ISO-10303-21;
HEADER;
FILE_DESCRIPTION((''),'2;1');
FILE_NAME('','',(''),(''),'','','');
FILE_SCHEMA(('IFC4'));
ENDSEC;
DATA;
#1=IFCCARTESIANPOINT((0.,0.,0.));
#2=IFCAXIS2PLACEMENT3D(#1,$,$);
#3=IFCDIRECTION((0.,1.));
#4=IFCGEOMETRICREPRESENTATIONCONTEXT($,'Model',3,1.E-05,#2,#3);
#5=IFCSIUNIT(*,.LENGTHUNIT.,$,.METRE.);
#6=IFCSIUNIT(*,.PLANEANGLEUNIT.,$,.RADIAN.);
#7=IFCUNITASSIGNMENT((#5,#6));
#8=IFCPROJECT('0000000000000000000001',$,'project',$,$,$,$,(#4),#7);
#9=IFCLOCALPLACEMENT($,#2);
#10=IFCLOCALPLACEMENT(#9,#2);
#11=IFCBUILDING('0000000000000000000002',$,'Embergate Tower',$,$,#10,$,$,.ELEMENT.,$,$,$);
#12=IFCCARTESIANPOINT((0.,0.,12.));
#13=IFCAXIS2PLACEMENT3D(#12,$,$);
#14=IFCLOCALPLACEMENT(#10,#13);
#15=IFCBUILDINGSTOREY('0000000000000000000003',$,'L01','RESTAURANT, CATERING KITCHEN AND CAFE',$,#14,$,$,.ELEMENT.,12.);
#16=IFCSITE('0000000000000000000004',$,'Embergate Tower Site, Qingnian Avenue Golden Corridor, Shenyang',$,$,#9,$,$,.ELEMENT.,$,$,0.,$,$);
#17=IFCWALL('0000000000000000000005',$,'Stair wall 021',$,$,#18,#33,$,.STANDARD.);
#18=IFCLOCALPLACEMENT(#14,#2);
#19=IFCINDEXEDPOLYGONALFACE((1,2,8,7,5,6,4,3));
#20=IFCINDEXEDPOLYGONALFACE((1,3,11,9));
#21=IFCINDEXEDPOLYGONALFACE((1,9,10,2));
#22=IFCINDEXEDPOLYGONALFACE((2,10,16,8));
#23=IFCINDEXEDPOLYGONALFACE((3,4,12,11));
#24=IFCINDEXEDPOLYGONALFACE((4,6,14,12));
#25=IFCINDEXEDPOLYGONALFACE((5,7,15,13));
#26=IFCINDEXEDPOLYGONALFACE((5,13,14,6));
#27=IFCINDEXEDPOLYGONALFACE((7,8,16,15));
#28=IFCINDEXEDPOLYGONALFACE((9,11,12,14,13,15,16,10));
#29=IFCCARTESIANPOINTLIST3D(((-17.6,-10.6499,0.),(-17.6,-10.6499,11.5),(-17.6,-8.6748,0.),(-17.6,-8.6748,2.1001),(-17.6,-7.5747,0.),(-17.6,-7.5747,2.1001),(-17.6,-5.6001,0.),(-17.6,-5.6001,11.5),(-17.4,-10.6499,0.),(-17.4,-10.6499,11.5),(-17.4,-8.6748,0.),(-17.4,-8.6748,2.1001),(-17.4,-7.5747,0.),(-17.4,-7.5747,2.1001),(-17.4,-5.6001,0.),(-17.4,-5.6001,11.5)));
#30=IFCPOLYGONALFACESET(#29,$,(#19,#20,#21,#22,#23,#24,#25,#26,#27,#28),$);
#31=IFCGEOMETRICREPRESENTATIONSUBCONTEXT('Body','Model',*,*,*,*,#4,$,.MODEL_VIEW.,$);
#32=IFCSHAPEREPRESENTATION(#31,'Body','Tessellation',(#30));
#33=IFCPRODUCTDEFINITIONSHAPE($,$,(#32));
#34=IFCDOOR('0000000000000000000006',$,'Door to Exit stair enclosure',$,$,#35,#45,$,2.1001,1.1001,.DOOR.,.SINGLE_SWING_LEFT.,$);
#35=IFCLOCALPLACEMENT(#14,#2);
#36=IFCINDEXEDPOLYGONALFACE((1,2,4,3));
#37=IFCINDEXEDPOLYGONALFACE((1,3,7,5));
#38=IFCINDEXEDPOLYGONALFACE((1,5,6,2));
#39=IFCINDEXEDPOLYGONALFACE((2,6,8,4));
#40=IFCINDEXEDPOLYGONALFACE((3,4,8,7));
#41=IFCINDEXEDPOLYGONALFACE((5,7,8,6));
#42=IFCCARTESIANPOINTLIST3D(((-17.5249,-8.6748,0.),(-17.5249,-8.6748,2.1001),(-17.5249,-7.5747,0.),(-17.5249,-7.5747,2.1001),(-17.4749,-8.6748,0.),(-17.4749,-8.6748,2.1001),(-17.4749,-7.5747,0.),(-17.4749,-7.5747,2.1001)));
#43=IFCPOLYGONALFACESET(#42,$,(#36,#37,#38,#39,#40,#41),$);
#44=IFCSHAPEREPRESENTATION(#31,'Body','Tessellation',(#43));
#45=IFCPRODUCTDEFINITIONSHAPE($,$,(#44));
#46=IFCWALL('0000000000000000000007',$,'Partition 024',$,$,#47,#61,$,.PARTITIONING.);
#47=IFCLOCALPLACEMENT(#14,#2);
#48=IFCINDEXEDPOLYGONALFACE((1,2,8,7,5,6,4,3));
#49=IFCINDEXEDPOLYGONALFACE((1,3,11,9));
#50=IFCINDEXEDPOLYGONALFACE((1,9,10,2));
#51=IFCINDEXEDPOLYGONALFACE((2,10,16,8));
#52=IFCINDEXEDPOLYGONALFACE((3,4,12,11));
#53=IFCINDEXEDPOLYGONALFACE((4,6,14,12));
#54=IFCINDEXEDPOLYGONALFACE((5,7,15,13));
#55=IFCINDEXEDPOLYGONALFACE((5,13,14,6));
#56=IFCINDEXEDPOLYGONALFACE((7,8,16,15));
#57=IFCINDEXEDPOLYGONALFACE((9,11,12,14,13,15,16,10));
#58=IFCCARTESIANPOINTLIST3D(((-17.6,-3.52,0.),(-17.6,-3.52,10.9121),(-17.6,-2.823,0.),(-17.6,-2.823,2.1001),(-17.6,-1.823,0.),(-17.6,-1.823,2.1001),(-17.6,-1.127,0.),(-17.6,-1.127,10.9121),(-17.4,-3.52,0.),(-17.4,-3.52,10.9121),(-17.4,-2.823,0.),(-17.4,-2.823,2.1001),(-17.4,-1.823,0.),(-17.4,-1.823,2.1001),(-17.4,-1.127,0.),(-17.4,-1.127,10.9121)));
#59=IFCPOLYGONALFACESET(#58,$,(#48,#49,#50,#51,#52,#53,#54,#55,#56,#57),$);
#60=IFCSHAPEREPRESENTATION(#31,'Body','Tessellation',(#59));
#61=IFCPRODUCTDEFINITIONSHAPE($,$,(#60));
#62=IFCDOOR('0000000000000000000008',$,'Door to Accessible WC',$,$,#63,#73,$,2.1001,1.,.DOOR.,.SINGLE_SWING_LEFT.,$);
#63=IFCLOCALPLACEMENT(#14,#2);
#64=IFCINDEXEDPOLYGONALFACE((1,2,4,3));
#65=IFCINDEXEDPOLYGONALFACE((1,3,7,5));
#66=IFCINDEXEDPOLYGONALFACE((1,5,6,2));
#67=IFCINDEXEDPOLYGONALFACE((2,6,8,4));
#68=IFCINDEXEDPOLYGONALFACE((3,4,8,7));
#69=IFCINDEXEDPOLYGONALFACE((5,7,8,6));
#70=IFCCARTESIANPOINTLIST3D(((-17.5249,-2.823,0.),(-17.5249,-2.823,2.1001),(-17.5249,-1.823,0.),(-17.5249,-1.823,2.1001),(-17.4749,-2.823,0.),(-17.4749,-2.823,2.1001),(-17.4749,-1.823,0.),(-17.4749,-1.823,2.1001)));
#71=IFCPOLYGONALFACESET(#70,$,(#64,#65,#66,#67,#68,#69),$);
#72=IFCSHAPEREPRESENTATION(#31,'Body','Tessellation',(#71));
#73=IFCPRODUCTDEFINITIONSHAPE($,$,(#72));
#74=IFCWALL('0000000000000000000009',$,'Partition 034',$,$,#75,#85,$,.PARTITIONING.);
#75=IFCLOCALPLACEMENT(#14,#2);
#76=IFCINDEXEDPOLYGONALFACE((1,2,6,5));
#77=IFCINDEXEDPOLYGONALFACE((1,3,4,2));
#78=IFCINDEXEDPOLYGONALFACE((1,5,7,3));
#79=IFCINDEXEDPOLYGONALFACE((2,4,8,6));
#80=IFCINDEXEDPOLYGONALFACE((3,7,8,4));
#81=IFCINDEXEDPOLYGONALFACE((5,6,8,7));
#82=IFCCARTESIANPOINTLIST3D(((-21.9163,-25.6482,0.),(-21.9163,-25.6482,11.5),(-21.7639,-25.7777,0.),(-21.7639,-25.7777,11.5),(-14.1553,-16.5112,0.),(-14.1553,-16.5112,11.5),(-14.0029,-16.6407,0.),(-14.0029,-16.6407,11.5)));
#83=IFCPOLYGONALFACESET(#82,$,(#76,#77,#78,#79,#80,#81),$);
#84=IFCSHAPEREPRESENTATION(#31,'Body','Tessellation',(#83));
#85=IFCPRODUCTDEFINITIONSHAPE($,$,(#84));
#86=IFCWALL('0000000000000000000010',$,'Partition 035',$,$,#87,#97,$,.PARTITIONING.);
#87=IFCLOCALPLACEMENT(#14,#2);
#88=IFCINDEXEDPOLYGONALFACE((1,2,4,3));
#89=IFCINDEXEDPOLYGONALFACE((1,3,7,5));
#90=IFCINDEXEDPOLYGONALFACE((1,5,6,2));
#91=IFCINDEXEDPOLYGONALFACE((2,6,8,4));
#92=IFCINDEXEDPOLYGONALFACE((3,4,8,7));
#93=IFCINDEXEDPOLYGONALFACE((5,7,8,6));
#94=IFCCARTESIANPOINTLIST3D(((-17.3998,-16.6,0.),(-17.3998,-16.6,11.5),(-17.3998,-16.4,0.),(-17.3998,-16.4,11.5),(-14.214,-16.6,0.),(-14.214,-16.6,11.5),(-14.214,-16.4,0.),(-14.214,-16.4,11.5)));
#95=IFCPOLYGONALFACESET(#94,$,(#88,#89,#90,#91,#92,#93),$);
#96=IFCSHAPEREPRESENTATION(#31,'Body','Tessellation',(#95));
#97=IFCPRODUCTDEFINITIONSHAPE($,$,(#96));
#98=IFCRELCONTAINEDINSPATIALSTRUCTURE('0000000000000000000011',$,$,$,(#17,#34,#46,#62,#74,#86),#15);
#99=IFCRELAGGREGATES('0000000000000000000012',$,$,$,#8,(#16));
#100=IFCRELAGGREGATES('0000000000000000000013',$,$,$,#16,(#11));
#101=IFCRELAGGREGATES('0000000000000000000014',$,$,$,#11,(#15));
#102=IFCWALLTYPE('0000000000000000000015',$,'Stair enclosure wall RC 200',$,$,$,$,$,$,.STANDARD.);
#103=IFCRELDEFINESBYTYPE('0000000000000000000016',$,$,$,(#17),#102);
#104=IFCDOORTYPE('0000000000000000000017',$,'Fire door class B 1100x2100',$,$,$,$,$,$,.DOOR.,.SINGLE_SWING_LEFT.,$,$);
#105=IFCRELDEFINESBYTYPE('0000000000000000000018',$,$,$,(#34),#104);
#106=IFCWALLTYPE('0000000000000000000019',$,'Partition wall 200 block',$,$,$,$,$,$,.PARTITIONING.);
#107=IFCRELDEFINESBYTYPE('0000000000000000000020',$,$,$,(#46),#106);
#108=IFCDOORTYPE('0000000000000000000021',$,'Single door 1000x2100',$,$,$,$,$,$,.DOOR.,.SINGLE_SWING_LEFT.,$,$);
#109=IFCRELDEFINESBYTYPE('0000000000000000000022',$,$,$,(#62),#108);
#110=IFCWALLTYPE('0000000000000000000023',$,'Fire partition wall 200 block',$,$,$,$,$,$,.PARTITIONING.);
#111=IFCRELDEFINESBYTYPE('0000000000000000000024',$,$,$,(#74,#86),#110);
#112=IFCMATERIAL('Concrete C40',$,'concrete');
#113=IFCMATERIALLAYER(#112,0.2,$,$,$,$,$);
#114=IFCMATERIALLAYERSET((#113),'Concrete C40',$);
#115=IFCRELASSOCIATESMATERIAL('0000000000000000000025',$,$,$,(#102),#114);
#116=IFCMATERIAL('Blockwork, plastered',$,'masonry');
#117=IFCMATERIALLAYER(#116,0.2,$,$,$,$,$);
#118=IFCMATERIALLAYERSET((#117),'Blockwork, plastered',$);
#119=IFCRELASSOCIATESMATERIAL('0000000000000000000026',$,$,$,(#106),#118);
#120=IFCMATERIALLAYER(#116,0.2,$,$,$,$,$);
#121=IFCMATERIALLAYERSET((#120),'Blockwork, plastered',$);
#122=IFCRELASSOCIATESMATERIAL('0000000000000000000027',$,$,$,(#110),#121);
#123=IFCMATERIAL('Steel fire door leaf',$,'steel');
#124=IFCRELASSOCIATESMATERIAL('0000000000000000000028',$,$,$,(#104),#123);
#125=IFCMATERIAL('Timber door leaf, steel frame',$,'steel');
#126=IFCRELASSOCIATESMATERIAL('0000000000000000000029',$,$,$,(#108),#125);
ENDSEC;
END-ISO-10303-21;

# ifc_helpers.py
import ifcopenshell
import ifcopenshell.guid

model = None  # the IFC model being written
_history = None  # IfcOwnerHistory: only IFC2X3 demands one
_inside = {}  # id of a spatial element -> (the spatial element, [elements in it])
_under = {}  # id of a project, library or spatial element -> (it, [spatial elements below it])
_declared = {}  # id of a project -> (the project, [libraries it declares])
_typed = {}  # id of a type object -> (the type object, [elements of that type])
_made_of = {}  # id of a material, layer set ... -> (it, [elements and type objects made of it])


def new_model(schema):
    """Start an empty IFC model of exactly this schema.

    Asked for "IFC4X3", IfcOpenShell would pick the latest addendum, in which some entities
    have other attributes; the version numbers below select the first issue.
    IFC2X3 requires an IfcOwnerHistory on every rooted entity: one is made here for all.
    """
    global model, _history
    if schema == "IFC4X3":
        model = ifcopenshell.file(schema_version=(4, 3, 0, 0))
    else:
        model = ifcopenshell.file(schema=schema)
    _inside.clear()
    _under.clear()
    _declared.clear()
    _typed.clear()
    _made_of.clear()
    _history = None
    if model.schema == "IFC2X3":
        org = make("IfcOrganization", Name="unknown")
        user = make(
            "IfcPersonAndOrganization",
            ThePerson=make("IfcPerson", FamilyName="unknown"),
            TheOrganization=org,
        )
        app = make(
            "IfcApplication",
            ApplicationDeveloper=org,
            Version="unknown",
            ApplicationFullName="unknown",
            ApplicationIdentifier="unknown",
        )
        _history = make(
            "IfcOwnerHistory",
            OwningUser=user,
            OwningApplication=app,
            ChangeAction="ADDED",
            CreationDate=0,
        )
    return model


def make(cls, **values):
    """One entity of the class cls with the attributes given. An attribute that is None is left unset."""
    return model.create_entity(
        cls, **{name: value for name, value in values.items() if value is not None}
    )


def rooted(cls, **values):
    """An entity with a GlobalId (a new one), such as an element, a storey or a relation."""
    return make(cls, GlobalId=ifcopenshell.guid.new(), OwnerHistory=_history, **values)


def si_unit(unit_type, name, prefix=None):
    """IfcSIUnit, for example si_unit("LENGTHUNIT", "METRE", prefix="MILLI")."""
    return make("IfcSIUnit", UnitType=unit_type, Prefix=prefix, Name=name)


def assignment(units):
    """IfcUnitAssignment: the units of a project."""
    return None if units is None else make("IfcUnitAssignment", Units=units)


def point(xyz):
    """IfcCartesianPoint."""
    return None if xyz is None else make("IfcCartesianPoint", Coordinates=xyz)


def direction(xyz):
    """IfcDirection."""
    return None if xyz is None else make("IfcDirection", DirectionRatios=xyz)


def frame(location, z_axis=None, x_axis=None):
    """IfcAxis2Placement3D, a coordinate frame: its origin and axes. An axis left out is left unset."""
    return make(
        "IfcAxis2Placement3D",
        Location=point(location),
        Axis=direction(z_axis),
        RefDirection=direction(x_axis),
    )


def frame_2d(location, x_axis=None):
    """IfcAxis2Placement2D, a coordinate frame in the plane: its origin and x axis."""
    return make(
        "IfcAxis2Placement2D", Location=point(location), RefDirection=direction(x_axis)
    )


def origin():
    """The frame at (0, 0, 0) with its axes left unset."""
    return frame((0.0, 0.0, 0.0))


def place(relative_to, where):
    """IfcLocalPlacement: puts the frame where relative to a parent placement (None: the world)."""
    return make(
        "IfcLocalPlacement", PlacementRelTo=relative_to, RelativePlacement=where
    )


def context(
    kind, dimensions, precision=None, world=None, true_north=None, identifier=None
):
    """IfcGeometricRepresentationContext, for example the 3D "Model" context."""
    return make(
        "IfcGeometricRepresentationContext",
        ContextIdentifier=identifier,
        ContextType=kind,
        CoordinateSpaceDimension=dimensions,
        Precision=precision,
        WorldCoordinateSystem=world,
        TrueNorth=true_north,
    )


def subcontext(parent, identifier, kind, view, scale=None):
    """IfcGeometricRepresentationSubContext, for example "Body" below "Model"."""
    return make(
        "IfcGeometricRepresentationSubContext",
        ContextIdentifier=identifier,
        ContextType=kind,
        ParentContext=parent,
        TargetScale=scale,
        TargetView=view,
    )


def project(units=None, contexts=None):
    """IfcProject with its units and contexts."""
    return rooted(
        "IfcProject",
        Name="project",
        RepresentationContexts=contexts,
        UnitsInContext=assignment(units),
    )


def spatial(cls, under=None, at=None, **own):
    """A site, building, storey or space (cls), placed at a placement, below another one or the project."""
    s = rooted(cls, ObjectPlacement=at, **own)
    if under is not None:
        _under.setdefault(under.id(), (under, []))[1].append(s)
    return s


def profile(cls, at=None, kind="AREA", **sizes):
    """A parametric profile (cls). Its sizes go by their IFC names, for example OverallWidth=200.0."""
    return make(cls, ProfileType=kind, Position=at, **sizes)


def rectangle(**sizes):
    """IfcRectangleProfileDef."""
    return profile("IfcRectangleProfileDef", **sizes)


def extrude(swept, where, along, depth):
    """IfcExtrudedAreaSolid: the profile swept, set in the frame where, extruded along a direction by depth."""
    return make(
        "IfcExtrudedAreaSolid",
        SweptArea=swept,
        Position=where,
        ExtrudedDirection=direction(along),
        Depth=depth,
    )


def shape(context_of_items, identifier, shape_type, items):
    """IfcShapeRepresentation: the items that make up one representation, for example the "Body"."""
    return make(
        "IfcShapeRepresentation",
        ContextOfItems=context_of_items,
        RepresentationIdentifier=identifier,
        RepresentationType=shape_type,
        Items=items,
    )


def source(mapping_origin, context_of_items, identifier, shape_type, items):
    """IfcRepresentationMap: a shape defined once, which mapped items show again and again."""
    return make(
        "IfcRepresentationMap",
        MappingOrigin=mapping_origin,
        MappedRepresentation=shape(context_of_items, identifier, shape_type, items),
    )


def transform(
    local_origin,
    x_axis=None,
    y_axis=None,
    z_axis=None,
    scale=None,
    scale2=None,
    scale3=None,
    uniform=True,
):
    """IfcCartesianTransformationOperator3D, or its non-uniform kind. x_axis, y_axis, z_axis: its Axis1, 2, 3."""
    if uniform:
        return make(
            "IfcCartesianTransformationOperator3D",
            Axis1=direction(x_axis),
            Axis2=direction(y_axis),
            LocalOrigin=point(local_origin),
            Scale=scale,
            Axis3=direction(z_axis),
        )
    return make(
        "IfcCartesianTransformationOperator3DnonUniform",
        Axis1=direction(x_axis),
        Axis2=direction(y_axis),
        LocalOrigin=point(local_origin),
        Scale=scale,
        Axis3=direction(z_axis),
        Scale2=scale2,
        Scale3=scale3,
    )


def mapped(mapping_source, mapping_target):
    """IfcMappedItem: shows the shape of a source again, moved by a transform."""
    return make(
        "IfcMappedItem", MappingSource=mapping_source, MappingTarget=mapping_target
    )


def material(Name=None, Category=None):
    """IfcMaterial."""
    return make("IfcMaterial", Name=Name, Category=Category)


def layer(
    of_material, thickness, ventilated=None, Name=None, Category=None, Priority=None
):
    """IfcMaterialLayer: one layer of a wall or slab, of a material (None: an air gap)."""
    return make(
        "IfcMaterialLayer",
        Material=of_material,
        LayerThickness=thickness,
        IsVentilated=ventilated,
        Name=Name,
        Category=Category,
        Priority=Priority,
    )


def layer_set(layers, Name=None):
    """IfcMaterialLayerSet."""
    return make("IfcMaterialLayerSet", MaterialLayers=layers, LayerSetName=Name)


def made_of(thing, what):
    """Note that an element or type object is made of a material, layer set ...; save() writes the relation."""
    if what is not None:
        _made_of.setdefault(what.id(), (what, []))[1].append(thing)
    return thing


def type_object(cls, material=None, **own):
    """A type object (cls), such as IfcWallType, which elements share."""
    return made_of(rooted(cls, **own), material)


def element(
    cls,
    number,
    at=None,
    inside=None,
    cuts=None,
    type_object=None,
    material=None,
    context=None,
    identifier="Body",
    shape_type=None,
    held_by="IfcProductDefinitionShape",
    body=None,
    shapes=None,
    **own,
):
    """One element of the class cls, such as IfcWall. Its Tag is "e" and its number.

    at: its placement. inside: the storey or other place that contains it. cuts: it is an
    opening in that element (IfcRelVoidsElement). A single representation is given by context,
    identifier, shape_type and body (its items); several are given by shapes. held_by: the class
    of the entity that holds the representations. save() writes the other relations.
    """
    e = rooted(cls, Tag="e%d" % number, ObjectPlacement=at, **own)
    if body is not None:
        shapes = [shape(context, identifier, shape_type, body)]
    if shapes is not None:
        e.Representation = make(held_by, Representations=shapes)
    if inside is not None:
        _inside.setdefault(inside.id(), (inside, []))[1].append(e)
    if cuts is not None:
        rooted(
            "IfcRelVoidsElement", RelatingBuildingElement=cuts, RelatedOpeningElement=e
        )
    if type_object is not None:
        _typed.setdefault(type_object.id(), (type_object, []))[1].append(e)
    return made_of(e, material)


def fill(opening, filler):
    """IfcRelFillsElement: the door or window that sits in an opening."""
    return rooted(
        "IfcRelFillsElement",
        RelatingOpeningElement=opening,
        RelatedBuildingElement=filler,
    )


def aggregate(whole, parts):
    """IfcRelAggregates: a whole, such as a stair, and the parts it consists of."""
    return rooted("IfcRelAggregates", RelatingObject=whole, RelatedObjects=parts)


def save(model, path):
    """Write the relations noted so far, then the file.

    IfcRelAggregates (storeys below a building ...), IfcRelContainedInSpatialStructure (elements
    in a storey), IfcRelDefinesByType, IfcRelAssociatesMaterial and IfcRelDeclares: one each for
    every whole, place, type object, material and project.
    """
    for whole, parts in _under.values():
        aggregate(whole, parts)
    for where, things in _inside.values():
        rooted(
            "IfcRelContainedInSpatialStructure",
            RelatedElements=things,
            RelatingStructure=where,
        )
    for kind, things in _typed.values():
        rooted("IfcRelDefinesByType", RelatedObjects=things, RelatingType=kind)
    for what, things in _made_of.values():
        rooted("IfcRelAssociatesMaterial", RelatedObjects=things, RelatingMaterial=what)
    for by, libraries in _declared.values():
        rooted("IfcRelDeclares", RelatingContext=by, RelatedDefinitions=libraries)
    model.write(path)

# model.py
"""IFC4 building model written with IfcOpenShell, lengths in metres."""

from ifc_helpers import new_model, si_unit, direction, frame, frame_2d, origin, place, context, subcontext, project, spatial, rectangle, extrude, source, transform, mapped, material, layer, layer_set, type_object, element, fill, save


model = new_model("IFC4")

# Units and contexts
model_context = context("Model", 3, precision=1e-05, world=origin(), true_north=direction((0.0, 1.0)))
body_context = subcontext(model_context, "Body", "Model", "MODEL_VIEW")
ifc_project = project(units=[si_unit("LENGTHUNIT", "METRE"), si_unit("PLANEANGLEUNIT", "RADIAN")], contexts=[model_context])

# Site, building, storey
site_placement = place(None, origin())
site = spatial("IfcSite", under=ifc_project, at=site_placement, Name="Embergate Tower Site, Qingnian Avenue Golden Corridor, Shenyang", CompositionType="ELEMENT", RefElevation=0.0)
building_placement = place(site_placement, origin())
building = spatial("IfcBuilding", under=site, at=building_placement, Name="Embergate Tower", CompositionType="ELEMENT")
storey_placement = place(building_placement, frame((0.0, 0.0, 12.0)))
storey = spatial("IfcBuildingStorey", under=building, at=storey_placement, Name="L01", Description="RESTAURANT, CATERING KITCHEN AND CAFE", CompositionType="ELEMENT", Elevation=12.0)

# Shared definitions
ifc_material_1 = material(Name="Concrete C40", Category="concrete")
ifc_layer_1 = layer(ifc_material_1, 0.2)
ifc_layer_set_1 = layer_set([ifc_layer_1], Name="Concrete C40")
wall_type_1 = type_object("IfcWallType", Name="Stair enclosure wall RC 200", PredefinedType="STANDARD", material=ifc_layer_set_1)
ifc_material_2 = material(Name="Blockwork, plastered", Category="masonry")
ifc_layer_2 = layer(ifc_material_2, 0.2)
ifc_layer_set_2 = layer_set([ifc_layer_2], Name="Blockwork, plastered")
wall_type_2 = type_object("IfcWallType", Name="Partition wall 200 block", PredefinedType="PARTITIONING", material=ifc_layer_set_2)

# Walls, openings, doors
ifc_layer_3 = layer(ifc_material_2, 0.2)
ifc_layer_set_3 = layer_set([ifc_layer_3], Name="Blockwork, plastered")
wall_type_3 = type_object("IfcWallType", Name="Fire partition wall 200 block", PredefinedType="PARTITIONING", material=ifc_layer_set_3)
ifc_material_3 = material(Name="Timber door leaf, steel frame", Category="steel")
shared_shape_1 = source(origin(), body_context, "Body", "SweptSolid", [
    extrude(rectangle(XDim=5.0498, YDim=0.2, at=frame_2d((2.5249, 0.0))), origin(), (0.0, 0.0, 1.0), 11.5),
])
wall_1_placement = place(storey_placement, frame((-17.5, -10.6499, 0.0), z_axis=(0.0, 0.0, 1.0), x_axis=(0.0, 1.0, 0.0)))
wall_1 = element("IfcWall", 1, at=wall_1_placement, inside=storey, type_object=wall_type_1, Name="Stair wall 021", PredefinedType="STANDARD", context=body_context, shape_type="MappedRepresentation", body=[
    mapped(shared_shape_1, transform((0.0, 0.0, 0.0))),
])
shared_shape_2 = source(origin(), body_context, "Body", "SweptSolid", [
    extrude(rectangle(XDim=1.1001, YDim=2.1001, at=frame_2d((0.55, 1.05))), frame((0.0, 0.1099, 0.0), z_axis=(0.0, -1.0, 0.0), x_axis=(1.0, 0.0, 0.0)), (0.0, 0.0, 1.0), 0.22),
])
opening_1_placement = place(wall_1_placement, frame((1.9751, 0.0, 0.0)))
opening_1 = element("IfcOpeningElement", 2, at=opening_1_placement, cuts=wall_1, PredefinedType="OPENING", context=body_context, shape_type="MappedRepresentation", body=[
    mapped(shared_shape_2, transform((0.0, 0.0, 0.0))),
])
ifc_material_4 = material(Name="Steel fire door leaf", Category="steel")
door_type_1 = type_object("IfcDoorType", Name="Fire door class B 1100x2100", OperationType="SINGLE_SWING_LEFT", PredefinedType="DOOR", material=ifc_material_4)
shared_shape_3 = source(origin(), body_context, "Body", "SweptSolid", [
    extrude(rectangle(XDim=1.1001, YDim=2.1001, at=frame_2d((0.55, 1.05))), frame((0.0, 0.0249, 0.0), z_axis=(0.0, -1.0, 0.0), x_axis=(1.0, 0.0, 0.0)), (0.0, 0.0, 1.0), 0.05),
])
door_1_placement = place(opening_1_placement, origin())
door_1 = element("IfcDoor", 3, at=door_1_placement, inside=storey, type_object=door_type_1, Name="Door to Exit stair enclosure", OperationType="SINGLE_SWING_LEFT", OverallHeight=2.1001, OverallWidth=1.1001, PredefinedType="DOOR", context=body_context, shape_type="MappedRepresentation", body=[
    mapped(shared_shape_3, transform((0.0, 0.0, 0.0))),
])
fill(opening_1, door_1)
shared_shape_4 = source(origin(), body_context, "Body", "SweptSolid", [
    extrude(rectangle(XDim=2.3931, YDim=0.2, at=frame_2d((1.1965, 0.0))), origin(), (0.0, 0.0, 1.0), 10.9121),
])
wall_2_placement = place(storey_placement, frame((-17.5, -3.52, 0.0), z_axis=(0.0, 0.0, 1.0), x_axis=(0.0, 1.0, 0.0)))
wall_2 = element("IfcWall", 4, at=wall_2_placement, inside=storey, type_object=wall_type_2, Name="Partition 024", PredefinedType="PARTITIONING", context=body_context, shape_type="MappedRepresentation", body=[
    mapped(shared_shape_4, transform((0.0, 0.0, 0.0))),
])
shared_shape_5 = source(origin(), body_context, "Body", "SweptSolid", [
    extrude(rectangle(XDim=1.0, YDim=2.1001, at=frame_2d((0.5, 1.05))), frame((0.0, 0.1099, 0.0), z_axis=(0.0, -1.0, 0.0), x_axis=(1.0, 0.0, 0.0)), (0.0, 0.0, 1.0), 0.22),
])
opening_2_placement = place(wall_2_placement, frame((0.697, 0.0, 0.0)))
opening_2 = element("IfcOpeningElement", 5, at=opening_2_placement, cuts=wall_2, PredefinedType="OPENING", context=body_context, shape_type="MappedRepresentation", body=[
    mapped(shared_shape_5, transform((0.0, 0.0, 0.0))),
])
door_type_2 = type_object("IfcDoorType", Name="Single door 1000x2100", OperationType="SINGLE_SWING_LEFT", PredefinedType="DOOR", material=ifc_material_3)
shared_shape_6 = source(origin(), body_context, "Body", "SweptSolid", [
    extrude(rectangle(XDim=1.0, YDim=2.1001, at=frame_2d((0.5, 1.05))), frame((0.0, 0.0249, 0.0), z_axis=(0.0, -1.0, 0.0), x_axis=(1.0, 0.0, 0.0)), (0.0, 0.0, 1.0), 0.05),
])
door_2_placement = place(opening_2_placement, origin())
door_2 = element("IfcDoor", 6, at=door_2_placement, inside=storey, type_object=door_type_2, Name="Door to Accessible WC", OperationType="SINGLE_SWING_LEFT", OverallHeight=2.1001, OverallWidth=1.0, PredefinedType="DOOR", context=body_context, shape_type="MappedRepresentation", body=[
    mapped(shared_shape_6, transform((0.0, 0.0, 0.0))),
])
fill(opening_2, door_2)

# Walls
shared_shape_7 = source(origin(), body_context, "Body", "SweptSolid", [
    extrude(rectangle(XDim=11.9883, YDim=0.2, at=frame_2d((5.9941, 0.0))), origin(), (0.0, 0.0, 1.0), 11.5),
])
wall_3_placement = place(storey_placement, frame((-14.0791, -16.5759, 0.0), z_axis=(0.0, 0.0, 1.0), x_axis=(-0.647385, -0.762163, 0.0)))
element("IfcWall", 7, at=wall_3_placement, inside=storey, type_object=wall_type_3, Name="Partition 034", PredefinedType="PARTITIONING", context=body_context, shape_type="MappedRepresentation", body=[
    mapped(shared_shape_7, transform((0.0, 0.0, 0.0))),
])
shared_shape_8 = source(origin(), body_context, "Body", "SweptSolid", [
    extrude(rectangle(XDim=3.1858, YDim=0.2, at=frame_2d((1.5928, 0.0))), origin(), (0.0, 0.0, 1.0), 11.5),
])
wall_4_placement = place(storey_placement, frame((-14.2141, -16.5, 0.0), z_axis=(0.0, 0.0, 1.0), x_axis=(-1.0, 0.0, 0.0)))
element("IfcWall", 8, at=wall_4_placement, inside=storey, type_object=wall_type_3, Name="Partition 035", PredefinedType="PARTITIONING", context=body_context, shape_type="MappedRepresentation", body=[
    mapped(shared_shape_8, transform((0.0, 0.0, 0.0))),
])

save(model, "model.ifc")
